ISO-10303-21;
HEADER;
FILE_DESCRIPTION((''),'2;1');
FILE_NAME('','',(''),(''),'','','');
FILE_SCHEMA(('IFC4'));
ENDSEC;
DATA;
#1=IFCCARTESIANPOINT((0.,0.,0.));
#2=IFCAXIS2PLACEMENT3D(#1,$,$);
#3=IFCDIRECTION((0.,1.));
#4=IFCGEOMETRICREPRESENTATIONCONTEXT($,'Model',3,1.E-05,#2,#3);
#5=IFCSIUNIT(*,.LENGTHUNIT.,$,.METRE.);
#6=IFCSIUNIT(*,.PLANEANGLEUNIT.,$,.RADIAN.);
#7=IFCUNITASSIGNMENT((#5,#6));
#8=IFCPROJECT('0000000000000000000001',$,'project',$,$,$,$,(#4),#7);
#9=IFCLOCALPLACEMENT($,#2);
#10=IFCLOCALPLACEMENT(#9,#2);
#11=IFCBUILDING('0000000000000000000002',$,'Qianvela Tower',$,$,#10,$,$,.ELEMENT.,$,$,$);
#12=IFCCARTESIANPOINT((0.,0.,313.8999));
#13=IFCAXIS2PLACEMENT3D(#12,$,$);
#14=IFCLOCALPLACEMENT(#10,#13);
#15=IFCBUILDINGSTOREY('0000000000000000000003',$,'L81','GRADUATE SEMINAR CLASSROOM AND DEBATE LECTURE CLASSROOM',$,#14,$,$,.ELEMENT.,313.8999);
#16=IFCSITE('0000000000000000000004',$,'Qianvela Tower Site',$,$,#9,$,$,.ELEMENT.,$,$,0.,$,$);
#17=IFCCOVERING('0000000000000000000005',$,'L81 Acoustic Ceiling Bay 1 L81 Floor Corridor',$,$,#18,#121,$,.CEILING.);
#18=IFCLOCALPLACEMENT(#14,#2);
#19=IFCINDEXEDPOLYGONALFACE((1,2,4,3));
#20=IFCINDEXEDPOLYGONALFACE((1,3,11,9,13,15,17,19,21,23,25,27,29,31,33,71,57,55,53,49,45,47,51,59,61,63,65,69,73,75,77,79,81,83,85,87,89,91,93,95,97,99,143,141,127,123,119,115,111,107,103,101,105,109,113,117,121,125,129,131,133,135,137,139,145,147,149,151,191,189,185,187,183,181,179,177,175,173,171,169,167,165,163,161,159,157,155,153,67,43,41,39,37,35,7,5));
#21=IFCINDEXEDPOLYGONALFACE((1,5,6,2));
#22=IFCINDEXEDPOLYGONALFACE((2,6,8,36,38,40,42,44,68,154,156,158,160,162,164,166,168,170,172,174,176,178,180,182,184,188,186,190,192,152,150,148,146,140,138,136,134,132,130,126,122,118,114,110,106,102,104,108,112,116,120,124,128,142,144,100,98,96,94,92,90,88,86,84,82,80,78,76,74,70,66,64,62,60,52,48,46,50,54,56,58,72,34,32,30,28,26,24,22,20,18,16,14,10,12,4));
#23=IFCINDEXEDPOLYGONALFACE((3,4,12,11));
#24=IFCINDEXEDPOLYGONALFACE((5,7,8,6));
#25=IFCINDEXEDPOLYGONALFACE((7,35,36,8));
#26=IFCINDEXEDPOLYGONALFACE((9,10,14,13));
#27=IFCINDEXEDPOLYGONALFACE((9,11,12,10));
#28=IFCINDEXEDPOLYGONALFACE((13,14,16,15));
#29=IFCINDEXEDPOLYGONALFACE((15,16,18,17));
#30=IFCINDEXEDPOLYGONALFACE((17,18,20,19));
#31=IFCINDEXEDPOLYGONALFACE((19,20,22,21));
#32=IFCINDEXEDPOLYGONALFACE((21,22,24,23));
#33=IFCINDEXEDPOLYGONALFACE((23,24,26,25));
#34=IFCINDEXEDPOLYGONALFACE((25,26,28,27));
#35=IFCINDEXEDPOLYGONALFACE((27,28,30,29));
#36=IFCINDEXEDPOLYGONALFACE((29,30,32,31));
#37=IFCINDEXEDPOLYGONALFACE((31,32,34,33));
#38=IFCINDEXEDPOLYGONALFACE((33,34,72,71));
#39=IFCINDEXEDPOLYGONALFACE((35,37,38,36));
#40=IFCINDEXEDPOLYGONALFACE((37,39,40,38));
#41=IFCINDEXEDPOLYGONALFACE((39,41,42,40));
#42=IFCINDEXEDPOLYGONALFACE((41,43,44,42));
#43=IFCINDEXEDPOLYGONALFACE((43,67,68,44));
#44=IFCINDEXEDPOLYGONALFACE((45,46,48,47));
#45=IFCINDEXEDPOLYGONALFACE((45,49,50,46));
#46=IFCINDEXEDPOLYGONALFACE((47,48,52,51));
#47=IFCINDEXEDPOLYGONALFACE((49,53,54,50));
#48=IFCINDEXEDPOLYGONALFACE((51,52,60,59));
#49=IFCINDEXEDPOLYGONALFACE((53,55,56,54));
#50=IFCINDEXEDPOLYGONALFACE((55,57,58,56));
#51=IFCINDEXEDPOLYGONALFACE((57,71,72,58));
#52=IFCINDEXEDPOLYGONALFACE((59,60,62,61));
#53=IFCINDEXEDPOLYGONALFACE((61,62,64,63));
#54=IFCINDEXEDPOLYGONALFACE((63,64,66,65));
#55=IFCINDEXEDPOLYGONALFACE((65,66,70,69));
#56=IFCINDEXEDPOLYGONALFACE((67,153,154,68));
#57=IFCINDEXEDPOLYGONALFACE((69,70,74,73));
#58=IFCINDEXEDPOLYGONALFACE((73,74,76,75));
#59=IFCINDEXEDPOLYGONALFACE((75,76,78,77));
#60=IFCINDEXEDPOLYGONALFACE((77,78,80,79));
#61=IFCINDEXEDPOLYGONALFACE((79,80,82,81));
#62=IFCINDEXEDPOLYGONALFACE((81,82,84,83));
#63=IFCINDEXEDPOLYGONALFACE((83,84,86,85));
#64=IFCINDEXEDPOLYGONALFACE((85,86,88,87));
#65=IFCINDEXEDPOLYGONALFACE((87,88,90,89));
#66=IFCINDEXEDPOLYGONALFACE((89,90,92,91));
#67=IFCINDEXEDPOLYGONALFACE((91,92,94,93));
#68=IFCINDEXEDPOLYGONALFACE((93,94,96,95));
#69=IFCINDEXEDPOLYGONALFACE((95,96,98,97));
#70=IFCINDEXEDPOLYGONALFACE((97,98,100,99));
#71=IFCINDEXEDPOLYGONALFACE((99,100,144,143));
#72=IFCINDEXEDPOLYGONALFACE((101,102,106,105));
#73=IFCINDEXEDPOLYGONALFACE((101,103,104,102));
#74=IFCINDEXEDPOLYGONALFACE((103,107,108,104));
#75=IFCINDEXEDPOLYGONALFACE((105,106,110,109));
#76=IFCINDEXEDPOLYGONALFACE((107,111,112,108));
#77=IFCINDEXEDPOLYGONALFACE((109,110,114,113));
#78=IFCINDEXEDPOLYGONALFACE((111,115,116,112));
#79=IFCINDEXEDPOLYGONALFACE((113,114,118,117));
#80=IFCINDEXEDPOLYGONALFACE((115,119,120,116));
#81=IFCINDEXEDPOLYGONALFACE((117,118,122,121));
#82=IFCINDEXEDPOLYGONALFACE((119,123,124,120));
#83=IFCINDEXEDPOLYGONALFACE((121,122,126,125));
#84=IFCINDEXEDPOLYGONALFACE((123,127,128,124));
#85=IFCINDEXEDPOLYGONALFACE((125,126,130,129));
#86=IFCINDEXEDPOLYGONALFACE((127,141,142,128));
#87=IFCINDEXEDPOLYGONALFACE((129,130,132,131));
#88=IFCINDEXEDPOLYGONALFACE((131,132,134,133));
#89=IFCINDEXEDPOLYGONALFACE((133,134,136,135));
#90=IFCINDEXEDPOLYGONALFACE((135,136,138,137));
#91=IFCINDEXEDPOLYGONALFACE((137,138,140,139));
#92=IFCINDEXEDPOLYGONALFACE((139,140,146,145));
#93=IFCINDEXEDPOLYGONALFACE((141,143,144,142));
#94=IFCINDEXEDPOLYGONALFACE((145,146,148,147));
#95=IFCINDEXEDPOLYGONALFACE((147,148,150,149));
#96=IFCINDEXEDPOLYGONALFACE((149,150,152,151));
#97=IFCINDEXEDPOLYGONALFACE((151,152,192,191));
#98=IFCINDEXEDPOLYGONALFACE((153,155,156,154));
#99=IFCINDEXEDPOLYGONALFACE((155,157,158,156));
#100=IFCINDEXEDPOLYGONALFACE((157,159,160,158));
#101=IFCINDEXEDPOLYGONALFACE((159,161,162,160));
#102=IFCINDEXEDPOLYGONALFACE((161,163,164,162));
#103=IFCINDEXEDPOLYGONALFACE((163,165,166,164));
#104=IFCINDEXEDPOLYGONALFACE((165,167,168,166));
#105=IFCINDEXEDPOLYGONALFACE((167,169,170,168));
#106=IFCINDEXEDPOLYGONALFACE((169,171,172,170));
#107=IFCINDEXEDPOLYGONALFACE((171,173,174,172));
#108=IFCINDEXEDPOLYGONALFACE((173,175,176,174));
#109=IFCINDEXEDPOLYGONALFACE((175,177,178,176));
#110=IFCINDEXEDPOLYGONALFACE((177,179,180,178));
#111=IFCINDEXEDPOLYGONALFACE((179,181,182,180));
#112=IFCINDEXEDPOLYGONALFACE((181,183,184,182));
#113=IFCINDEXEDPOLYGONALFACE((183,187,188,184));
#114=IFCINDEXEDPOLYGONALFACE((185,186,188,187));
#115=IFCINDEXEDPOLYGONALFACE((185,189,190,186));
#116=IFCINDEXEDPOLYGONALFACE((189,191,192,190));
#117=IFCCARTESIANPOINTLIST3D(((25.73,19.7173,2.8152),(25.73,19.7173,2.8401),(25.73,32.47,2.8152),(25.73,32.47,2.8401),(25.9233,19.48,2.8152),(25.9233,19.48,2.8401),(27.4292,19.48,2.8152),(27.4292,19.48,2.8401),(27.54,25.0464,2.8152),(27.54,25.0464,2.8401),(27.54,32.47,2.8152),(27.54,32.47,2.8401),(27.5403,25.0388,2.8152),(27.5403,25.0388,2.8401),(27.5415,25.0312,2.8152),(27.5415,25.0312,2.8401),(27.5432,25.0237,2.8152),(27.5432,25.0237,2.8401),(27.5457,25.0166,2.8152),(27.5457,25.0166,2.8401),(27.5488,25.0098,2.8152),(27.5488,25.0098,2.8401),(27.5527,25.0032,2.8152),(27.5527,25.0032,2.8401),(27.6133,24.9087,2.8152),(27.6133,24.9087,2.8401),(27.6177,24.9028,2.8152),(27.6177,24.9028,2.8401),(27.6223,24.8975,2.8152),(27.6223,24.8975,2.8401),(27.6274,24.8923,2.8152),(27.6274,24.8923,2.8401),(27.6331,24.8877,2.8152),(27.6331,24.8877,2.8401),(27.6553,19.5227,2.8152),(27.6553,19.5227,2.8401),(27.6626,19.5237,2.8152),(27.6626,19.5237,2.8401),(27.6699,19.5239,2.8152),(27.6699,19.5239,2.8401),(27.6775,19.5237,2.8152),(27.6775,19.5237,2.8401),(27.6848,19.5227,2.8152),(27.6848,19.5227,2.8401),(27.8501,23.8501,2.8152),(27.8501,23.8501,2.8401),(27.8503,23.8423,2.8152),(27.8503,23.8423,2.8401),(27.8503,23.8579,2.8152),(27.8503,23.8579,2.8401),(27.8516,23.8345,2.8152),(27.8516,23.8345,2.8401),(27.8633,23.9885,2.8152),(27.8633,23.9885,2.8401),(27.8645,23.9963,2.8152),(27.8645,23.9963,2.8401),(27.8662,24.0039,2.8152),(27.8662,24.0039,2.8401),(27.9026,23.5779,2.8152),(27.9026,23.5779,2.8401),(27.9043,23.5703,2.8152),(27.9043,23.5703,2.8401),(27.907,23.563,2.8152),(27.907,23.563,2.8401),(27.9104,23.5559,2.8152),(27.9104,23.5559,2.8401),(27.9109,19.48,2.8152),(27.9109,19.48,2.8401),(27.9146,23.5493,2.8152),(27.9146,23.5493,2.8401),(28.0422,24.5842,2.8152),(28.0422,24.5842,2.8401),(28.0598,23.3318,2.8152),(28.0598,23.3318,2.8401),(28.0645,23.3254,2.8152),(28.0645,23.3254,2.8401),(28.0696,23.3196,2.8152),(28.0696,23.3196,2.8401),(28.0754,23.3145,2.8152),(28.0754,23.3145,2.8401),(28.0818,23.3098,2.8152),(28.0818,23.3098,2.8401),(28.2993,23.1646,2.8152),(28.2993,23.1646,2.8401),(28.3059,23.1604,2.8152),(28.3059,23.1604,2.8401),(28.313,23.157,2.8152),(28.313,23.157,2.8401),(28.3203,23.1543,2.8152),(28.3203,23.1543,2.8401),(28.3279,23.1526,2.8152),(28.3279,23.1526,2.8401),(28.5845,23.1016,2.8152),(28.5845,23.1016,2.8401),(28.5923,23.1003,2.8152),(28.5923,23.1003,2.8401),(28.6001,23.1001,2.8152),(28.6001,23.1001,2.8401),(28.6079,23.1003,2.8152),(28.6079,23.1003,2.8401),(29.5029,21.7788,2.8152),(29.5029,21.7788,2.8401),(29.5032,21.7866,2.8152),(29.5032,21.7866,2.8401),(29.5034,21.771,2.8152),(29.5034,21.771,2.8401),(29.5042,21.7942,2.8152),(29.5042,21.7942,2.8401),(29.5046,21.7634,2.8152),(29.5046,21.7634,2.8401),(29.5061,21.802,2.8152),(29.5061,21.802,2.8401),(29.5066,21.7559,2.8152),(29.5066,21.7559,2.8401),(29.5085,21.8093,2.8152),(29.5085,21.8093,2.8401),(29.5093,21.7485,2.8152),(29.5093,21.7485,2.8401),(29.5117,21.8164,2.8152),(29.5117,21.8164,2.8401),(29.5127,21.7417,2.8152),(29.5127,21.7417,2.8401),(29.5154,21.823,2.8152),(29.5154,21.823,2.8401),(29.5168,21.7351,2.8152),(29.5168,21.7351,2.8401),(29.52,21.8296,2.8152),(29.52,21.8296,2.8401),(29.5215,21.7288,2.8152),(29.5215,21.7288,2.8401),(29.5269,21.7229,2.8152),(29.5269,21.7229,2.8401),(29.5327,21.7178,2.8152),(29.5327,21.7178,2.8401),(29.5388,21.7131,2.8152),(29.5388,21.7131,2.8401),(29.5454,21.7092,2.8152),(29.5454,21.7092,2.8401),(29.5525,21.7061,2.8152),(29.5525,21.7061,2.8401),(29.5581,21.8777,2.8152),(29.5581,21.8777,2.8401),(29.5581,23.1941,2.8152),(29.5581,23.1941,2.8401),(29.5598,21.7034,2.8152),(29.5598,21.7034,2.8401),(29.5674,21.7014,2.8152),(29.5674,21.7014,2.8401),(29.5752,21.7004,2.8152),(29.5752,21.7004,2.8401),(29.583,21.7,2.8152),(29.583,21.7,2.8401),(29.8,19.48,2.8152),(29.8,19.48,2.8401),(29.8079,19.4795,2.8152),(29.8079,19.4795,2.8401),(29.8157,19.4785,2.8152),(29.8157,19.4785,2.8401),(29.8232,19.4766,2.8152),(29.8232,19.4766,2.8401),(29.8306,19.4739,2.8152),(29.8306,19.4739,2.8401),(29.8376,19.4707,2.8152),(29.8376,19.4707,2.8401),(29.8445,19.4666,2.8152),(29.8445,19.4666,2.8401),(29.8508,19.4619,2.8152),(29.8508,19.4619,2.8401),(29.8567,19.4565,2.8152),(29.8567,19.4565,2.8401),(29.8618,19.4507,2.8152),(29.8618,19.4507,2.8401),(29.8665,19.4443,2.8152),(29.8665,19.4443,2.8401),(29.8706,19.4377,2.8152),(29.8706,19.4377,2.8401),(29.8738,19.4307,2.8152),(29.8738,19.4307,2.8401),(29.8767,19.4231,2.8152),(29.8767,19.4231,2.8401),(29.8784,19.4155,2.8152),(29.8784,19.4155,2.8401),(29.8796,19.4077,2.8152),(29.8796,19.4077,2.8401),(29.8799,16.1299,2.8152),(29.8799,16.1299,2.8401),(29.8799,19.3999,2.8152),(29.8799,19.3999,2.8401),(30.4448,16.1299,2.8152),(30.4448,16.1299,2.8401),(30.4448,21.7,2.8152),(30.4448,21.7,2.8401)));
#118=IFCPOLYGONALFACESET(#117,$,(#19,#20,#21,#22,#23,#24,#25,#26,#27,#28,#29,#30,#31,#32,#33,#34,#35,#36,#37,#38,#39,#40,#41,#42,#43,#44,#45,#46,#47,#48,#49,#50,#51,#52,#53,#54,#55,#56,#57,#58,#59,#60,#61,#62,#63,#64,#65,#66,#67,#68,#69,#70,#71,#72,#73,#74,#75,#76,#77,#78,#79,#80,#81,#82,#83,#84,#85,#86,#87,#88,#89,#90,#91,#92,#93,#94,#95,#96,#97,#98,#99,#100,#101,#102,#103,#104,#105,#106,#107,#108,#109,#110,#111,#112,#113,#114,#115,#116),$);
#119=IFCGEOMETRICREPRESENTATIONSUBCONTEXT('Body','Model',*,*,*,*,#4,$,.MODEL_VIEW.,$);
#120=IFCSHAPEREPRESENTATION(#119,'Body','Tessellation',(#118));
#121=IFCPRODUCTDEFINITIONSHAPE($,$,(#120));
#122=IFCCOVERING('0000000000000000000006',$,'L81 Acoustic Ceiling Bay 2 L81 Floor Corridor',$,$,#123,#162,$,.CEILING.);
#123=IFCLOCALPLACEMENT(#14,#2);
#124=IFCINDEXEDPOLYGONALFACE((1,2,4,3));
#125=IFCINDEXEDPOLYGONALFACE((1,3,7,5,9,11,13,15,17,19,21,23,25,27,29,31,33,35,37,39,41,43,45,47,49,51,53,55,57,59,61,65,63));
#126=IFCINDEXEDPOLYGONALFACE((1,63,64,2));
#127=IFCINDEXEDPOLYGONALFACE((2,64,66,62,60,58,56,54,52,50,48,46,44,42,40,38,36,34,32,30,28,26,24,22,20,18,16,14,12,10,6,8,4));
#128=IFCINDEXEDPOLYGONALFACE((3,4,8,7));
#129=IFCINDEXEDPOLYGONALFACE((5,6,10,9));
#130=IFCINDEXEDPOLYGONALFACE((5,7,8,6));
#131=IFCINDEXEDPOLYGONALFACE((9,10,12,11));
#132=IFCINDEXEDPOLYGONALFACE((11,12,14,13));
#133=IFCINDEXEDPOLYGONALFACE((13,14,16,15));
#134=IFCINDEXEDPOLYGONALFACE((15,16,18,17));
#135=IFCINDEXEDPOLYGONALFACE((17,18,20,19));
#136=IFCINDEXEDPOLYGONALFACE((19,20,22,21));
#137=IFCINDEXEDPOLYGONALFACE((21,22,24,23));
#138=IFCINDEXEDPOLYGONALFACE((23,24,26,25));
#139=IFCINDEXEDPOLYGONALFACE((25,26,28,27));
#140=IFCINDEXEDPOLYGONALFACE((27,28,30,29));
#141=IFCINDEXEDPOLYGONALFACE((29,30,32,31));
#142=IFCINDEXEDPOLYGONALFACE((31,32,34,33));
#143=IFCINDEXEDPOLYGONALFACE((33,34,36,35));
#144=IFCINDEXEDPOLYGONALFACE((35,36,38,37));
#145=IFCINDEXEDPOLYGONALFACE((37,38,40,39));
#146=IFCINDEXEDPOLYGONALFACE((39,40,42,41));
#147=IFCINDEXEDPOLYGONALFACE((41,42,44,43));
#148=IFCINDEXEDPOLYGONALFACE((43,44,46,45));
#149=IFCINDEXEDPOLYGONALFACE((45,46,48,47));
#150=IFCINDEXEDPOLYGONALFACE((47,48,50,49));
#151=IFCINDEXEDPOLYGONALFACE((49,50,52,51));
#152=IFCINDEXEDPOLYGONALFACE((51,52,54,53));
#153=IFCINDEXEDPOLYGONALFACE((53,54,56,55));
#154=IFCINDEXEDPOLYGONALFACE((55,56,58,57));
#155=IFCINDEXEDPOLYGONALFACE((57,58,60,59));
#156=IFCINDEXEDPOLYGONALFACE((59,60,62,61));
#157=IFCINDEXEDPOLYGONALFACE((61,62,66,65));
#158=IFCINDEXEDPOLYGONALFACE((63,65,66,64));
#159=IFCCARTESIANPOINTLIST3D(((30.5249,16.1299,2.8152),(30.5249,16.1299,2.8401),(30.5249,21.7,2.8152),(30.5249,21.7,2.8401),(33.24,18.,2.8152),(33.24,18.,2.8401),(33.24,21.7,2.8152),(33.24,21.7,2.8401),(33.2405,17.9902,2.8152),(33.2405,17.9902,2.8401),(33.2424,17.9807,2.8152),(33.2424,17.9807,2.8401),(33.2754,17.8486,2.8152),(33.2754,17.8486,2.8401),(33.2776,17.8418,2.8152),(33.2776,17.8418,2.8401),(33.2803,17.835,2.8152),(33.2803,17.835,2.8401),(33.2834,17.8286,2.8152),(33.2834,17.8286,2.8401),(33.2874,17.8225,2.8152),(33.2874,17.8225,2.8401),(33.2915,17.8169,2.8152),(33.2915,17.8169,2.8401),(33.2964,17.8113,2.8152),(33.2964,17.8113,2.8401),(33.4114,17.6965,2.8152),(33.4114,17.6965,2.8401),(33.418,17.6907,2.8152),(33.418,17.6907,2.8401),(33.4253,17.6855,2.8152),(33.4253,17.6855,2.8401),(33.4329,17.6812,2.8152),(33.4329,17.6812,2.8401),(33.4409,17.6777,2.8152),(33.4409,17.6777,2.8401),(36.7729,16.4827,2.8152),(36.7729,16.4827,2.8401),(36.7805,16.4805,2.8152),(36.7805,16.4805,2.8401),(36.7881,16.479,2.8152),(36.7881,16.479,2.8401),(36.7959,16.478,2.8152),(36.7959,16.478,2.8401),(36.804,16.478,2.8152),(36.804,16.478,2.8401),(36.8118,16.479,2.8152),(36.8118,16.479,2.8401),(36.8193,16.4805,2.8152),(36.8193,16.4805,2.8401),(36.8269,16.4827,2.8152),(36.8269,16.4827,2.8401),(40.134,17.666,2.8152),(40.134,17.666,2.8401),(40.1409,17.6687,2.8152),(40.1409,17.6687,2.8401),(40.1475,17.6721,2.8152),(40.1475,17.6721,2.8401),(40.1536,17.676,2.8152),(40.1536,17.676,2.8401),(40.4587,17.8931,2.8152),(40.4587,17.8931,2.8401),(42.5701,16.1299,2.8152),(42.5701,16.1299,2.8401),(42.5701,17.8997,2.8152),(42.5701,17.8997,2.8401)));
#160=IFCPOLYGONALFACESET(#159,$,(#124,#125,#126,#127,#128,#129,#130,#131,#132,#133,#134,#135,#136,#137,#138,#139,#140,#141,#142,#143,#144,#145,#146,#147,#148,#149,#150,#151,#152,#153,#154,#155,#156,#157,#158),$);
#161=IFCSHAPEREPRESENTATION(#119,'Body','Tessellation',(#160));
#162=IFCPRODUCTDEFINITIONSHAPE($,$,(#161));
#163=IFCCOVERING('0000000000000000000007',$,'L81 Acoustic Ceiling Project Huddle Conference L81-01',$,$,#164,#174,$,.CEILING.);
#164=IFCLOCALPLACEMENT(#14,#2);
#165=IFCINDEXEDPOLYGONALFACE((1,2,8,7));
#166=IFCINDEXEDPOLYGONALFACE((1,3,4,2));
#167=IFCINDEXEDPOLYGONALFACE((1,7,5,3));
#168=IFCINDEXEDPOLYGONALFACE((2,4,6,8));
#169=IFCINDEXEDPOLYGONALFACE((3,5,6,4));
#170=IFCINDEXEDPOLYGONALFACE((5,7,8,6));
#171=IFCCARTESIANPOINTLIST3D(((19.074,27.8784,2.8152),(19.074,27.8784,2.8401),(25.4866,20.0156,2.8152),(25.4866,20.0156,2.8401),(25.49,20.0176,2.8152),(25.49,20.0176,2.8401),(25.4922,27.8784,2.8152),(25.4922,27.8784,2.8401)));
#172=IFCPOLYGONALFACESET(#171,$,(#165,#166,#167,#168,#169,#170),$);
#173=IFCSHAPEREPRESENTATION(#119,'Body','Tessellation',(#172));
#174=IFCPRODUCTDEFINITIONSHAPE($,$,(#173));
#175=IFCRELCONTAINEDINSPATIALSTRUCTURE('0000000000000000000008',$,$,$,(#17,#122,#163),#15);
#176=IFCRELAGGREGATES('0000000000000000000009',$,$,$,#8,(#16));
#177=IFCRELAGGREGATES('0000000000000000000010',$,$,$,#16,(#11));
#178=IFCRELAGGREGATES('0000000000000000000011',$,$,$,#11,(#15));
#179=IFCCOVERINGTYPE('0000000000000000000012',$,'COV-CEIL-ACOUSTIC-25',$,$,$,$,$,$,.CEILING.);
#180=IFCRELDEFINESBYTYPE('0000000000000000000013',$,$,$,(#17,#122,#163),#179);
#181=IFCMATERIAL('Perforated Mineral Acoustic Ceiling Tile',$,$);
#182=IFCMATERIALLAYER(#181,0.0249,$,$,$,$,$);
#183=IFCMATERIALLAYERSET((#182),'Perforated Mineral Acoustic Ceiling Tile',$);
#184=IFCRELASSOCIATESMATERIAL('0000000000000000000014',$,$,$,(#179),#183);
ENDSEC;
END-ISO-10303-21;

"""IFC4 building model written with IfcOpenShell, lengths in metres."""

from ifc_helpers import new_model, si_unit, direction, frame, origin, place, context, subcontext, project, spatial, polyline, outline, extrude, material, layer, layer_set, type_object, element, save


model = new_model("IFC4")

# Units and contexts
model_context = context("Model", 3, precision=1e-05, world=origin(), true_north=direction((0.0, 1.0)))
body_context = subcontext(model_context, "Body", "Model", "MODEL_VIEW")
ifc_project = project(units=[si_unit("LENGTHUNIT", "METRE"), si_unit("PLANEANGLEUNIT", "RADIAN")], contexts=[model_context])

# Site, building, storey
site_placement = place(None, origin())
site = spatial("IfcSite", under=ifc_project, at=site_placement, Name="Qianvela Tower Site", CompositionType="ELEMENT", RefElevation=0.0)
building_placement = place(site_placement, origin())
building = spatial("IfcBuilding", under=site, at=building_placement, Name="Qianvela Tower", CompositionType="ELEMENT")
storey_placement = place(building_placement, frame((0.0, 0.0, 313.8999)))
storey = spatial("IfcBuildingStorey", under=building, at=storey_placement, Name="L81", Description="GRADUATE SEMINAR CLASSROOM AND DEBATE LECTURE CLASSROOM", CompositionType="ELEMENT", Elevation=313.8999)

# Coverings
ifc_material_1 = material(Name="Perforated Mineral Acoustic Ceiling Tile")
ifc_layer_1 = layer(ifc_material_1, 0.0249)
ifc_layer_set_1 = layer_set([ifc_layer_1], Name="Perforated Mineral Acoustic Ceiling Tile")
covering_type_1 = type_object("IfcCoveringType", Name="COV-CEIL-ACOUSTIC-25", PredefinedType="CEILING", material=ifc_layer_set_1)
covering_1_placement = place(storey_placement, frame((0.0, 0.0, 2.8152)))
element("IfcCovering", 1, at=covering_1_placement, inside=storey, type_object=covering_type_1, Name="L81 Acoustic Ceiling Bay 1 L81 Floor Corridor", PredefinedType="CEILING", context=body_context, shape_type="SweptSolid", body=[
    extrude(outline(polyline([(27.54, 32.47), (27.54, 25.0464), (27.5403, 25.0388), (27.5415, 25.0312), (27.5432, 25.0237), (27.5457, 25.0166), (27.5488, 25.0098), (27.5527, 25.0032), (27.6133, 24.9087), (27.6177, 24.9028), (27.6223, 24.8975), (27.6274, 24.8923), (27.6331, 24.8877), (28.0422, 24.5842), (27.8662, 24.0039), (27.8645, 23.9963), (27.8633, 23.9885), (27.8503, 23.8579), (27.8501, 23.8501), (27.8503, 23.8423), (27.8516, 23.8345), (27.9026, 23.5779), (27.9043, 23.5703), (27.907, 23.563), (27.9104, 23.5559), (27.9146, 23.5493), (28.0598, 23.3318), (28.0645, 23.3254), (28.0696, 23.3196), (28.0754, 23.3145), (28.0818, 23.3098), (28.2993, 23.1646), (28.3059, 23.1604), (28.313, 23.157), (28.3203, 23.1543), (28.3279, 23.1526), (28.5845, 23.1016), (28.5923, 23.1003), (28.6001, 23.1001), (28.6079, 23.1003), (29.5581, 23.1941), (29.5581, 21.8777), (29.52, 21.8296), (29.5154, 21.823), (29.5117, 21.8164), (29.5085, 21.8093), (29.5061, 21.802), (29.5042, 21.7942), (29.5032, 21.7866), (29.5029, 21.7788), (29.5034, 21.771), (29.5046, 21.7634), (29.5066, 21.7559), (29.5093, 21.7485), (29.5127, 21.7417), (29.5168, 21.7351), (29.5215, 21.7288), (29.5269, 21.7229), (29.5327, 21.7178), (29.5388, 21.7131), (29.5454, 21.7092), (29.5525, 21.7061), (29.5598, 21.7034), (29.5674, 21.7014), (29.5752, 21.7004), (29.583, 21.7), (30.4448, 21.7), (30.4448, 16.1299), (29.8799, 16.1299), (29.8799, 19.3999), (29.8796, 19.4077), (29.8784, 19.4155), (29.8767, 19.4231), (29.8738, 19.4307), (29.8706, 19.4377), (29.8665, 19.4443), (29.8618, 19.4507), (29.8567, 19.4565), (29.8508, 19.4619), (29.8445, 19.4666), (29.8376, 19.4707), (29.8306, 19.4739), (29.8232, 19.4766), (29.8157, 19.4785), (29.8079, 19.4795), (29.8, 19.48), (27.9109, 19.48), (27.6848, 19.5227), (27.6775, 19.5237), (27.6699, 19.5239), (27.6626, 19.5237), (27.6553, 19.5227), (27.4292, 19.48), (25.9233, 19.48), (25.73, 19.7173), (25.73, 32.47), (27.54, 32.47)])), origin(), (0.0, 0.0, 1.0), 0.0249),
])
covering_2_placement = place(storey_placement, frame((0.0, 0.0, 2.8152)))
element("IfcCovering", 2, at=covering_2_placement, inside=storey, type_object=covering_type_1, Name="L81 Acoustic Ceiling Bay 2 L81 Floor Corridor", PredefinedType="CEILING", context=body_context, shape_type="SweptSolid", body=[
    extrude(outline(polyline([(33.24, 21.7), (33.24, 18.0), (33.2405, 17.9902), (33.2424, 17.9807), (33.2754, 17.8486), (33.2776, 17.8418), (33.2803, 17.835), (33.2834, 17.8286), (33.2874, 17.8225), (33.2915, 17.8169), (33.2964, 17.8113), (33.4114, 17.6965), (33.418, 17.6907), (33.4253, 17.6855), (33.4329, 17.6812), (33.4409, 17.6777), (36.7729, 16.4827), (36.7805, 16.4805), (36.7881, 16.479), (36.7959, 16.478), (36.804, 16.478), (36.8118, 16.479), (36.8193, 16.4805), (36.8269, 16.4827), (40.134, 17.666), (40.1409, 17.6687), (40.1475, 17.6721), (40.1536, 17.676), (40.4587, 17.8931), (42.5701, 17.8997), (42.5701, 16.1299), (30.5249, 16.1299), (30.5249, 21.7), (33.24, 21.7)])), origin(), (0.0, 0.0, 1.0), 0.0249),
])
covering_3_placement = place(storey_placement, frame((0.0, 0.0, 2.8152)))
element("IfcCovering", 3, at=covering_3_placement, inside=storey, type_object=covering_type_1, Name="L81 Acoustic Ceiling Project Huddle Conference L81-01", PredefinedType="CEILING", context=body_context, shape_type="SweptSolid", body=[
    extrude(outline(polyline([(25.4866, 20.0156), (19.074, 27.8784), (25.4922, 27.8784), (25.49, 20.0176), (25.4866, 20.0156)])), origin(), (0.0, 0.0, 1.0), 0.0249),
])

save(model, "model.ifc")
